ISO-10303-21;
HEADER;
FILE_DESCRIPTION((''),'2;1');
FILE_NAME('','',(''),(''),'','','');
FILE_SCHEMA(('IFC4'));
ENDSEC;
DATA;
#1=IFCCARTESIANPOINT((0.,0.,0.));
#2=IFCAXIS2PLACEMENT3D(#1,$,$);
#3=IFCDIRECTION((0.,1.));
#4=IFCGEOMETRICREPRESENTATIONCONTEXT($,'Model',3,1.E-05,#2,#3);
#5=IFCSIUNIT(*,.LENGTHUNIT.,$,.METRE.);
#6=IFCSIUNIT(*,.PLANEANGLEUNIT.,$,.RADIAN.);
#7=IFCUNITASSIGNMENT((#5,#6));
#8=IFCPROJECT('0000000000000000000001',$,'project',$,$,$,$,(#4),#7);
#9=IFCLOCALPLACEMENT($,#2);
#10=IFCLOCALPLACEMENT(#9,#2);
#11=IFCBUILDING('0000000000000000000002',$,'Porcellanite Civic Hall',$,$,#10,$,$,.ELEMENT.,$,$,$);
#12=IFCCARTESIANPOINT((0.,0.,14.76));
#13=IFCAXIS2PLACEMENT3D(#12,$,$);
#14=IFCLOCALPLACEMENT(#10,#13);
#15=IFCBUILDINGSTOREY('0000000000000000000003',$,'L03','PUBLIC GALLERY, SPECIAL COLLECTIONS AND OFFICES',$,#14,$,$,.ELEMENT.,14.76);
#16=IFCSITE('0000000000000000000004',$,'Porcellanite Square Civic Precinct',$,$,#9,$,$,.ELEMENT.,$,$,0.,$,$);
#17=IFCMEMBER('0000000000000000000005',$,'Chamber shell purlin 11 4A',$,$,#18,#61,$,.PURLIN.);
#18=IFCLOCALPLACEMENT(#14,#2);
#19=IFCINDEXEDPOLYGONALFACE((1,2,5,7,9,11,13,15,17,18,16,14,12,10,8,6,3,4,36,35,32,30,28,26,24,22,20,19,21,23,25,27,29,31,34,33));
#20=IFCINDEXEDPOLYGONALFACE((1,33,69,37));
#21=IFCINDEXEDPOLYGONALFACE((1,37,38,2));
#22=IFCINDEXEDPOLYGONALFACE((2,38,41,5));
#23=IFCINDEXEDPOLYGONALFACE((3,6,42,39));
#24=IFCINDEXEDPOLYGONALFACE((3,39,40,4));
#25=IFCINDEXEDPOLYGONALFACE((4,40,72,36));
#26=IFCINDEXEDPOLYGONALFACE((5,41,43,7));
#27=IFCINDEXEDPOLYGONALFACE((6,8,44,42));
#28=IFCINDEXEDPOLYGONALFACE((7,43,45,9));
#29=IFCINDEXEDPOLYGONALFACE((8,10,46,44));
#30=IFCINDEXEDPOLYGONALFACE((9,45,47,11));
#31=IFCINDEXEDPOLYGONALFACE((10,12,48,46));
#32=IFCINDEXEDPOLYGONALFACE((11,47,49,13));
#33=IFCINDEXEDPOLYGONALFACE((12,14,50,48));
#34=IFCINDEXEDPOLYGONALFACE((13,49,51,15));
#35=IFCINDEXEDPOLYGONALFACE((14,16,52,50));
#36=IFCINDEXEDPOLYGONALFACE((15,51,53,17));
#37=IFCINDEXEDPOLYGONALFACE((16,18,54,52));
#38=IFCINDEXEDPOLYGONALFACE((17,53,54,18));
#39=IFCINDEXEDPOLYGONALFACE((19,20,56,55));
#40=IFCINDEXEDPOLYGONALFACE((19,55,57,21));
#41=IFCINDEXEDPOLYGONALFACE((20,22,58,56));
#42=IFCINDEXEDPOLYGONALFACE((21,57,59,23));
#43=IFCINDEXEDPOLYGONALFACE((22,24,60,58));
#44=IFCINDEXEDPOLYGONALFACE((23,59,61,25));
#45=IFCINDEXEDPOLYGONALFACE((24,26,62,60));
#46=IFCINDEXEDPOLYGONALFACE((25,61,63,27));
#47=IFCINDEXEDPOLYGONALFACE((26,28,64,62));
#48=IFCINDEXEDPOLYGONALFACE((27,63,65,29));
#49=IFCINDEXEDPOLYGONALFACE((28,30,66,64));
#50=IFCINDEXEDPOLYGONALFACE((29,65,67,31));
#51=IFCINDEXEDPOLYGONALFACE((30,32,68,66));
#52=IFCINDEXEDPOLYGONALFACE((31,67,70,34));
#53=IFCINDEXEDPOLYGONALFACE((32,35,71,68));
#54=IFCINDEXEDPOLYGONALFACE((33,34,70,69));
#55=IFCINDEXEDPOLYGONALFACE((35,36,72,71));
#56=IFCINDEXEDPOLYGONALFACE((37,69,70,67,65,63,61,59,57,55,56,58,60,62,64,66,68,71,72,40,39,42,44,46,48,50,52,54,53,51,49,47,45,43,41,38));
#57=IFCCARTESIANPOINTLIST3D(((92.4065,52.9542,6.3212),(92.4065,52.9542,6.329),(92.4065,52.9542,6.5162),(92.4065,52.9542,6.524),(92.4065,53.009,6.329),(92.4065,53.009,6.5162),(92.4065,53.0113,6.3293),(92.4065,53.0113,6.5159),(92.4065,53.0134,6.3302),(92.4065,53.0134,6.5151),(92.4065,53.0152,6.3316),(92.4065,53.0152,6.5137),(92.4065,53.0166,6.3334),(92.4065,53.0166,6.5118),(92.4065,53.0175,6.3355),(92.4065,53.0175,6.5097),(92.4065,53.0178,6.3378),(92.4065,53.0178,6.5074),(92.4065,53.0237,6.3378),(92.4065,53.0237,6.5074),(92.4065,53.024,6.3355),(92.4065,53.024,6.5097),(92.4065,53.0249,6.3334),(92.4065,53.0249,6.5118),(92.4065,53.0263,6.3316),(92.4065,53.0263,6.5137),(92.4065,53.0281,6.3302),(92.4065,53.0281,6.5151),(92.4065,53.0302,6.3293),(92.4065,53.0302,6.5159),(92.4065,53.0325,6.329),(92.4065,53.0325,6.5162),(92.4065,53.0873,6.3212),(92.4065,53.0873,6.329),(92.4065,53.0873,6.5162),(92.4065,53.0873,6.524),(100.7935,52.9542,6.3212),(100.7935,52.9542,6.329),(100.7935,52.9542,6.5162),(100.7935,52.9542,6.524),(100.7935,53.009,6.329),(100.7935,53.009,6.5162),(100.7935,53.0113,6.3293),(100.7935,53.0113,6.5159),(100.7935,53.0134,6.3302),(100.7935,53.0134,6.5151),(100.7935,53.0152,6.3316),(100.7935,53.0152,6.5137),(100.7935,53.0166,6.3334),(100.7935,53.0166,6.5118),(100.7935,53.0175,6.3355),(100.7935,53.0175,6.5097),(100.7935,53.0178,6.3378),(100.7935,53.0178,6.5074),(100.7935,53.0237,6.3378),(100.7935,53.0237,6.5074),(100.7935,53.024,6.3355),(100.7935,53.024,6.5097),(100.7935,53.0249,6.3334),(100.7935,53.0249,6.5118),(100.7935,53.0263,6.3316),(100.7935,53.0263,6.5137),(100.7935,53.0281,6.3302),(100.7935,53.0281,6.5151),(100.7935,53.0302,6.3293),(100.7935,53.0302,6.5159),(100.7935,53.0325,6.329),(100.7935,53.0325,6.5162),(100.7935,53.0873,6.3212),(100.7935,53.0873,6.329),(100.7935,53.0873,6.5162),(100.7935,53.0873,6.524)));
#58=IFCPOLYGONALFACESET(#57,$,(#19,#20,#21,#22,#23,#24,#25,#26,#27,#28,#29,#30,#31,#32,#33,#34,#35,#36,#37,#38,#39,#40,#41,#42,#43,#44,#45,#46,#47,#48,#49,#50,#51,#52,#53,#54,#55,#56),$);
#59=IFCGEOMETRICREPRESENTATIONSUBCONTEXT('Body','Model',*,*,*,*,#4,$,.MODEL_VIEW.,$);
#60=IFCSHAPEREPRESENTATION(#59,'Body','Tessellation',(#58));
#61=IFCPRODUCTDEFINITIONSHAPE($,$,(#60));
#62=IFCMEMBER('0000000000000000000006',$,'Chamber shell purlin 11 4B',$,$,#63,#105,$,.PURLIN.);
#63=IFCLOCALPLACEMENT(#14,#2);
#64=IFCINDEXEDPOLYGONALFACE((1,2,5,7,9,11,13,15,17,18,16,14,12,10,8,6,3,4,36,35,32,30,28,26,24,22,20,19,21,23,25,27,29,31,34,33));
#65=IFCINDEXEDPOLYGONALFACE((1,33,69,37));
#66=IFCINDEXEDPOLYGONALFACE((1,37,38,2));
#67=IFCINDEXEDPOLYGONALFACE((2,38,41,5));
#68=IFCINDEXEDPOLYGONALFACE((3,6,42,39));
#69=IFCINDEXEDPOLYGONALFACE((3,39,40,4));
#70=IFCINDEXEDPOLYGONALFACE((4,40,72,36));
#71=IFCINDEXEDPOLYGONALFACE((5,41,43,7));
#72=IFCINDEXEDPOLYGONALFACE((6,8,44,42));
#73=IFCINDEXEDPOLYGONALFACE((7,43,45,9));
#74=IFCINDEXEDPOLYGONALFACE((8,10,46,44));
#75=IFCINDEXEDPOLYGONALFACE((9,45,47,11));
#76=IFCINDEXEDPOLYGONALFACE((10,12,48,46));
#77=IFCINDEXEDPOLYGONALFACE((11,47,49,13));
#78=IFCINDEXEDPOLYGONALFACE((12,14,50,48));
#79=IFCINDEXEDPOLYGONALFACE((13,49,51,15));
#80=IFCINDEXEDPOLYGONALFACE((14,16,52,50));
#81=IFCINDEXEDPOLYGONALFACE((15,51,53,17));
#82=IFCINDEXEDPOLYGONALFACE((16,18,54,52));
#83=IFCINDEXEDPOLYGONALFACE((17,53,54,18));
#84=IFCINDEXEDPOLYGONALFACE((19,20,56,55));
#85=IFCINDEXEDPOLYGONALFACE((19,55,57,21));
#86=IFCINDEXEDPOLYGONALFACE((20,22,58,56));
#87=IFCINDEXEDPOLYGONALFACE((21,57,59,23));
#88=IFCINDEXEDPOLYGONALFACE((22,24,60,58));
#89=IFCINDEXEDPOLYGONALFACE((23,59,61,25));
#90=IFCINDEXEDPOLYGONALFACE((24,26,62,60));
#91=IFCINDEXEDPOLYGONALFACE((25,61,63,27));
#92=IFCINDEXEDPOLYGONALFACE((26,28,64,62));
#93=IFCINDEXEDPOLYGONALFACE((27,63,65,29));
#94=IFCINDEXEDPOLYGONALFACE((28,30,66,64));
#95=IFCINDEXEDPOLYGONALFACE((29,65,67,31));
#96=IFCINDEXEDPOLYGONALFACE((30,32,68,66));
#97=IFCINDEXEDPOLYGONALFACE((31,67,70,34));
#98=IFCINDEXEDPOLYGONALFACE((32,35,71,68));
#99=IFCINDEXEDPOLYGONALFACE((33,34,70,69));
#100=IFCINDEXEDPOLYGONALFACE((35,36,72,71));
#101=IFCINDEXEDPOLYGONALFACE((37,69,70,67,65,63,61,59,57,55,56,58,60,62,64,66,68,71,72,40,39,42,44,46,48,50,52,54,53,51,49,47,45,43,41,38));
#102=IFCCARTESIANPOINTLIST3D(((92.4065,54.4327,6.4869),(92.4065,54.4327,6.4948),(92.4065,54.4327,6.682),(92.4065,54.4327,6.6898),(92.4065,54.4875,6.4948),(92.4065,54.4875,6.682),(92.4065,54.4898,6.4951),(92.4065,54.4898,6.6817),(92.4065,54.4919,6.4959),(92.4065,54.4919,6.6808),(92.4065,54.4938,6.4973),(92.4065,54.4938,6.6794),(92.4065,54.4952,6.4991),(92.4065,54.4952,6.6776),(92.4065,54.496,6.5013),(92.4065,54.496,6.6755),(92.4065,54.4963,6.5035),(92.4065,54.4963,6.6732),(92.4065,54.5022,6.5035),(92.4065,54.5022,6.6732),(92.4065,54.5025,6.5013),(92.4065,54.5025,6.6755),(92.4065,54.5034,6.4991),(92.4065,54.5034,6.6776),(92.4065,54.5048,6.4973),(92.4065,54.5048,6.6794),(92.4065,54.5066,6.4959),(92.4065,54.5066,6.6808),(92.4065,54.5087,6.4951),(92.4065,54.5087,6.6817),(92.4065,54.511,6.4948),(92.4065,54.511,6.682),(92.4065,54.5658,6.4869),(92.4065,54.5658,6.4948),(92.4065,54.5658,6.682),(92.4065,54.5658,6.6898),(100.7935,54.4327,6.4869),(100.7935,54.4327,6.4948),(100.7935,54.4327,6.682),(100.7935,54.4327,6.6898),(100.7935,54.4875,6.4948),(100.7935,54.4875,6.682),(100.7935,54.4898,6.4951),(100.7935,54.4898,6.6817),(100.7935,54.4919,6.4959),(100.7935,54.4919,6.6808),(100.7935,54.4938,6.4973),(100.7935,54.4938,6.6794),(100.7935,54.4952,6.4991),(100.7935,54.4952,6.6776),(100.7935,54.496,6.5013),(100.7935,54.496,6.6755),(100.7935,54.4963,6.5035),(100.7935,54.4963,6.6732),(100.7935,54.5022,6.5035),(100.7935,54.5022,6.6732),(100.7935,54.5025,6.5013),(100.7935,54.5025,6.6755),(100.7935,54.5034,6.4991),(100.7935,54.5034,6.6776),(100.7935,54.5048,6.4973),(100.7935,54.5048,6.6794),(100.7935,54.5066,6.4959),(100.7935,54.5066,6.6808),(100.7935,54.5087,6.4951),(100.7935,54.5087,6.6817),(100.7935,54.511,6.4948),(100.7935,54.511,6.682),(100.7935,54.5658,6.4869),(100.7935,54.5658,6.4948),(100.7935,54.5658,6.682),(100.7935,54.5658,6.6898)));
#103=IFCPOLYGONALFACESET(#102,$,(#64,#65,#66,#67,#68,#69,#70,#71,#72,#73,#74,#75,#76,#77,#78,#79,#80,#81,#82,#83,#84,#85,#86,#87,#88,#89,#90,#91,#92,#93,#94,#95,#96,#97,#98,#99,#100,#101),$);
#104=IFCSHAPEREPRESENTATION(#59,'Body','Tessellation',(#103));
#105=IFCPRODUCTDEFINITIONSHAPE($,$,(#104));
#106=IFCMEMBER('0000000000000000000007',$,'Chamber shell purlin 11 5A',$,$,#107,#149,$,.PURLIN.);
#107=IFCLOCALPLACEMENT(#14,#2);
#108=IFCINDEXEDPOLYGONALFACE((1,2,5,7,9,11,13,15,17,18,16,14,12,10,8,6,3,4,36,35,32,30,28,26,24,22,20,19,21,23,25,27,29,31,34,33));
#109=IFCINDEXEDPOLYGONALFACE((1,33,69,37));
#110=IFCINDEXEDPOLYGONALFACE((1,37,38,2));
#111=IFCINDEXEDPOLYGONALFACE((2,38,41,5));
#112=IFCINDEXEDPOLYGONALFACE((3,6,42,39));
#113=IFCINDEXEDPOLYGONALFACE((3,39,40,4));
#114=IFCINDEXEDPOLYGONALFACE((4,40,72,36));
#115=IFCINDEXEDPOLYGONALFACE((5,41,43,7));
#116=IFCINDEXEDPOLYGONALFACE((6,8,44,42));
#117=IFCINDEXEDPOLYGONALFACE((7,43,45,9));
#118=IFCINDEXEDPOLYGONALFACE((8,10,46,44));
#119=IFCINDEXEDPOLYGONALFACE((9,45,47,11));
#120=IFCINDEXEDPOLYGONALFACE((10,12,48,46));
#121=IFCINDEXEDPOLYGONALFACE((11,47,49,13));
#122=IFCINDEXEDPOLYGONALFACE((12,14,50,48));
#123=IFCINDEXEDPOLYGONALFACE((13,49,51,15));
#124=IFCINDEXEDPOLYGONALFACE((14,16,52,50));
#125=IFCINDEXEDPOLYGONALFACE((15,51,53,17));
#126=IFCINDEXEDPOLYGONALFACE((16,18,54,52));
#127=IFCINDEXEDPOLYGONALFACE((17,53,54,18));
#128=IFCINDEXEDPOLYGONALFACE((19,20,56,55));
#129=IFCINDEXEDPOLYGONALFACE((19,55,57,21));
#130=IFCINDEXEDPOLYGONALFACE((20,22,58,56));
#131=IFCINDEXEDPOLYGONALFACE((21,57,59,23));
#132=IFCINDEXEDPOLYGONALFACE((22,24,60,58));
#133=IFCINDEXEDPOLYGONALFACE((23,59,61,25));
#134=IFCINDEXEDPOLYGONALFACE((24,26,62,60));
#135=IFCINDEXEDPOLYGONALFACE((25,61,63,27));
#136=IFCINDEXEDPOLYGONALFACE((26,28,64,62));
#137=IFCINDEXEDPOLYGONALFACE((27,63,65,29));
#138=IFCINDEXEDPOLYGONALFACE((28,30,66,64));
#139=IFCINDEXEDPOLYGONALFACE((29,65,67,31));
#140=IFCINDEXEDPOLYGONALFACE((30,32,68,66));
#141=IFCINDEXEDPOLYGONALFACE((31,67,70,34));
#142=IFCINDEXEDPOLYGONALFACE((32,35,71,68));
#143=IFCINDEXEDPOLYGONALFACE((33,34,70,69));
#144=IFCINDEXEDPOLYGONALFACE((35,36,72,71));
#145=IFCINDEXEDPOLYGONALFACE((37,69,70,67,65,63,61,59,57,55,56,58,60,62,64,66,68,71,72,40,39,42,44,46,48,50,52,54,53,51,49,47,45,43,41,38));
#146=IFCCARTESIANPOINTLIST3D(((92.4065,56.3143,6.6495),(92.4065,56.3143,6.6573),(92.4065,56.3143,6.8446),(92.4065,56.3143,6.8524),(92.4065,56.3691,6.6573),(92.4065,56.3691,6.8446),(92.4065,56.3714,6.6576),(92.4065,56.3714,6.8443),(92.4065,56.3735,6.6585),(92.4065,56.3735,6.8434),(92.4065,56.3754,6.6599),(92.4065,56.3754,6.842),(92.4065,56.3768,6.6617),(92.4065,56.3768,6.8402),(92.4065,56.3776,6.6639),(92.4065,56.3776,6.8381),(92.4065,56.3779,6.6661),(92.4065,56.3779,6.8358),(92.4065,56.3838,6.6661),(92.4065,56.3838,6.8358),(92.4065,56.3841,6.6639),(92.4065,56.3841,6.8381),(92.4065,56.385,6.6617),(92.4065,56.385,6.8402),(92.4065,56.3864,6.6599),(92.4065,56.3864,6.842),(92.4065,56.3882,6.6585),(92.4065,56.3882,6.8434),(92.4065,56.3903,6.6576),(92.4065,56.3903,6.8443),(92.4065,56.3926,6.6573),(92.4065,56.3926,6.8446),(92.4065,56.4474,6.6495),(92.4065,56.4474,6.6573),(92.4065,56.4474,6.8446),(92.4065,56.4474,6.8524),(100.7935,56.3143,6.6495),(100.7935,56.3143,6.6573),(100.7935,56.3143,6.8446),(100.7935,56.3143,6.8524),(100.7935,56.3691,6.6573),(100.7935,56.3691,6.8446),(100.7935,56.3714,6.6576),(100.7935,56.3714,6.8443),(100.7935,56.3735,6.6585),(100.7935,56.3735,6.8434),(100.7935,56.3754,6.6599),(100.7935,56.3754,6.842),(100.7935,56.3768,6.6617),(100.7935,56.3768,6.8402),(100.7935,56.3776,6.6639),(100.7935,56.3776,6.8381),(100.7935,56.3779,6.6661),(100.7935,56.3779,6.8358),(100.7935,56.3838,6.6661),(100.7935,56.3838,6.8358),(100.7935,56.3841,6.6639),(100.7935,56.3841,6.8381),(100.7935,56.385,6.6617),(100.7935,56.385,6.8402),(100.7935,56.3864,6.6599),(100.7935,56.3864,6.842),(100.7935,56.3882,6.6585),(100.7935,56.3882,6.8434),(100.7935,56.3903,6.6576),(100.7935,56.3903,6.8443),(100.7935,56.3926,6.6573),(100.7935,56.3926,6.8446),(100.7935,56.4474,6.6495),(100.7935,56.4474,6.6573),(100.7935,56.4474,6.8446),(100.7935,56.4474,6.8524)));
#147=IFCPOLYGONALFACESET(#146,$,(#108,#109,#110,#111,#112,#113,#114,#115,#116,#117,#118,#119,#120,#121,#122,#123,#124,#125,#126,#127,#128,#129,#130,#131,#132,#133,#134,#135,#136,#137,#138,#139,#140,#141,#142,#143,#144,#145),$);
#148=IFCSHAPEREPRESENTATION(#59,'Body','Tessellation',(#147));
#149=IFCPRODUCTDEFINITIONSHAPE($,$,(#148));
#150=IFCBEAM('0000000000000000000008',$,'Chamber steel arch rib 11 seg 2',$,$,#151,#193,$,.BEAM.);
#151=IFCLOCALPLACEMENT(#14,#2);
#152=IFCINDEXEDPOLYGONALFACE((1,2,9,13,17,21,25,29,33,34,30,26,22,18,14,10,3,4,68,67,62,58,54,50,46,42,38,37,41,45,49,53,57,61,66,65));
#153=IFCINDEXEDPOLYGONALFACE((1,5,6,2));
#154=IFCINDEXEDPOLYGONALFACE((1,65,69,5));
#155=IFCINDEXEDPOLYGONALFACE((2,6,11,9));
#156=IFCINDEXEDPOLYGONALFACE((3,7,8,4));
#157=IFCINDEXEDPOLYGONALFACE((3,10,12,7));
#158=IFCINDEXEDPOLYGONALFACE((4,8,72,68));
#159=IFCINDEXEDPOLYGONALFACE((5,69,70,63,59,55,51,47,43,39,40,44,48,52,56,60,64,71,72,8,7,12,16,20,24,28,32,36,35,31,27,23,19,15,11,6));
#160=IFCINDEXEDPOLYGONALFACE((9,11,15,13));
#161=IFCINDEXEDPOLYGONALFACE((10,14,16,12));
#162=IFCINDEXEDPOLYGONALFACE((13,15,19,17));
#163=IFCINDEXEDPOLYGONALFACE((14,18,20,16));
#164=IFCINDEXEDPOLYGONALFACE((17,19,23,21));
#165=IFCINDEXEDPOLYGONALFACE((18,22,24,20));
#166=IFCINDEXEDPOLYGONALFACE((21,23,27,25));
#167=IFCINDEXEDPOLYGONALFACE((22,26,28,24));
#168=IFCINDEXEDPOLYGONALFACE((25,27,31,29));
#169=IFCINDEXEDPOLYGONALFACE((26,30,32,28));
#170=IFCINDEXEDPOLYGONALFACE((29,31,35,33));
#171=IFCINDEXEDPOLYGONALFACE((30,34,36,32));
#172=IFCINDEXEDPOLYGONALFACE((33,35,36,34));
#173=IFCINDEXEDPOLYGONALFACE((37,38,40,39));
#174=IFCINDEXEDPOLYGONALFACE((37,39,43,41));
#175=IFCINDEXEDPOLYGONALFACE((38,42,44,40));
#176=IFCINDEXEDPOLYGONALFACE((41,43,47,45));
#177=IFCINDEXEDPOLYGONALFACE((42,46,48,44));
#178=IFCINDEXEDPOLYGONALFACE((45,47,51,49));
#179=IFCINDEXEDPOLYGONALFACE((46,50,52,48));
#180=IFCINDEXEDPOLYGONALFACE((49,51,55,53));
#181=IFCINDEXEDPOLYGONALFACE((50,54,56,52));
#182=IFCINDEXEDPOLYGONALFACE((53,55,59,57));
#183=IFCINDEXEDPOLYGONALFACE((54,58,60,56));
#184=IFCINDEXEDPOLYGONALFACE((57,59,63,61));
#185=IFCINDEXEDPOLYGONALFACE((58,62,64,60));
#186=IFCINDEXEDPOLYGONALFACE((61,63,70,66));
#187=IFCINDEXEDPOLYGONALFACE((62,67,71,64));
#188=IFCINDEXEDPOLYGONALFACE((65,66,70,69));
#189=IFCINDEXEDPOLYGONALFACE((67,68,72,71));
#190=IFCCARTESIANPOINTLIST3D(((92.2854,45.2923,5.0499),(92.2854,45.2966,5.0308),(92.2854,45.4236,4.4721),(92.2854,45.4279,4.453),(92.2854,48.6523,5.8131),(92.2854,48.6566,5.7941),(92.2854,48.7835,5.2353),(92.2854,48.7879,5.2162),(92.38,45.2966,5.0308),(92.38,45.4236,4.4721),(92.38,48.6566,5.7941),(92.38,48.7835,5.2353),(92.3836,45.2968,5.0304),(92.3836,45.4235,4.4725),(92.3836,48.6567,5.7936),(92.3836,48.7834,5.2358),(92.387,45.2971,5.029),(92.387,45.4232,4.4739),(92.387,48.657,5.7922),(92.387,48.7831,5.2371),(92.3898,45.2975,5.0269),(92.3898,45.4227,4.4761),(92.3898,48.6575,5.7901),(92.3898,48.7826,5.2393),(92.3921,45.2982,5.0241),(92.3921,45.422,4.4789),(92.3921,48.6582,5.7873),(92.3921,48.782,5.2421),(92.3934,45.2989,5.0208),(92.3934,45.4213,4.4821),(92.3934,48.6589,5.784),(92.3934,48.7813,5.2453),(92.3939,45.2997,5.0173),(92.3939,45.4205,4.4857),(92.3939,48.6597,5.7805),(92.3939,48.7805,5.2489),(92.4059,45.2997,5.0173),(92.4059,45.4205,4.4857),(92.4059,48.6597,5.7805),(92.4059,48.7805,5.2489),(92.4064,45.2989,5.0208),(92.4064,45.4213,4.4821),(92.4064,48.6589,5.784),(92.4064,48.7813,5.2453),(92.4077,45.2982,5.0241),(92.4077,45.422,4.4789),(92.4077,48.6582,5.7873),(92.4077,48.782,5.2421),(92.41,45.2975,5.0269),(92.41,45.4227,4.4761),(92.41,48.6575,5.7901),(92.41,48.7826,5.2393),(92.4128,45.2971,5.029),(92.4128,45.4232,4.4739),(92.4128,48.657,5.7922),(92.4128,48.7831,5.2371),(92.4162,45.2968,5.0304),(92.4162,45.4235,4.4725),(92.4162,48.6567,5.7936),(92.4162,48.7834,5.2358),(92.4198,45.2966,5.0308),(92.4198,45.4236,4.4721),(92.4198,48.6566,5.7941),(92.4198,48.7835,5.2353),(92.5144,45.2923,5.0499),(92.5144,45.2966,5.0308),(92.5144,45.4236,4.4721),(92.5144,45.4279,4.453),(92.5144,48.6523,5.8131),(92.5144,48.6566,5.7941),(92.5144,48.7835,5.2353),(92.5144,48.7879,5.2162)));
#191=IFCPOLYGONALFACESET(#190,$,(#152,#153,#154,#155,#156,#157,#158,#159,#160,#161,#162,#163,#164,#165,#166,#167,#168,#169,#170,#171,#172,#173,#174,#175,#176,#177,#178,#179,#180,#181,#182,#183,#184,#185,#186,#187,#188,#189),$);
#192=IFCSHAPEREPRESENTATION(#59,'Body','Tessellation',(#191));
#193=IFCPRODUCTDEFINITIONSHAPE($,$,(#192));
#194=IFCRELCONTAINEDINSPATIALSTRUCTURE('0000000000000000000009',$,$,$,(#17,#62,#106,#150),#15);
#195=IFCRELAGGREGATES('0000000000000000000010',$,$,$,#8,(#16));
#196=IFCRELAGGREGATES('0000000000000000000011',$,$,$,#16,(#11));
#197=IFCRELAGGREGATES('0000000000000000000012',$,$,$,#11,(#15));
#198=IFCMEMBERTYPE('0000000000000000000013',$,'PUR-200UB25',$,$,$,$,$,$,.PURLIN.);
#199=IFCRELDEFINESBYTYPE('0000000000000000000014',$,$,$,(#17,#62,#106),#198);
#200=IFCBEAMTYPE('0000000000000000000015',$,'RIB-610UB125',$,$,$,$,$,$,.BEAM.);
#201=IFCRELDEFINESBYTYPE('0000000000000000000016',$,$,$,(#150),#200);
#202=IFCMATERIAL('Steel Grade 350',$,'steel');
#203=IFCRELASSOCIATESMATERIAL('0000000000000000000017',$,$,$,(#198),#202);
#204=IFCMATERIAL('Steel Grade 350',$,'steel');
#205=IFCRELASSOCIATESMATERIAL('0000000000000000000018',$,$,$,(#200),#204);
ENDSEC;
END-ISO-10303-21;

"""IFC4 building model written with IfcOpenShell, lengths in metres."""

from ifc_helpers import new_model, si_unit, direction, frame, origin, origin_2d, place, context, subcontext, project, spatial, i_section, extrude, material, material_profile, profile_set, type_object, element, save


model = new_model("IFC4")

# Units and contexts
model_context = context("Model", 3, precision=1e-05, world=origin(), true_north=direction((0.0, 1.0)))
body_context = subcontext(model_context, "Body", "Model", "MODEL_VIEW")
ifc_project = project(units=[si_unit("LENGTHUNIT", "METRE"), si_unit("PLANEANGLEUNIT", "RADIAN")], contexts=[model_context])

# Site, building, storey
site_placement = place(None, origin())
site = spatial("IfcSite", under=ifc_project, at=site_placement, Name="Porcellanite Square Civic Precinct", CompositionType="ELEMENT", RefElevation=0.0)
building_placement = place(site_placement, origin())
building = spatial("IfcBuilding", under=site, at=building_placement, Name="Porcellanite Civic Hall", CompositionType="ELEMENT")
storey_placement = place(building_placement, frame((0.0, 0.0, 14.76)))
storey = spatial("IfcBuildingStorey", under=building, at=storey_placement, Name="L03", Description="PUBLIC GALLERY, SPECIAL COLLECTIONS AND OFFICES", CompositionType="ELEMENT", Elevation=14.76)

# Members
ifc_material_1 = material(Name="Steel Grade 350", Category="steel")
ifc_material_profile_1 = material_profile(ifc_material_1, i_section(OverallWidth=0.1331, OverallDepth=0.2029, WebThickness=0.0059, FlangeThickness=0.0078, FilletRadius=0.0088, at=origin_2d()), Name="200UB25.4")
ifc_profile_set_1 = profile_set([ifc_material_profile_1], Name="Steel Grade 350")
member_type_1 = type_object("IfcMemberType", Name="PUR-200UB25", PredefinedType="PURLIN", material=ifc_profile_set_1)
for number, where, z_axis, x_axis, name in (
    (1, (92.4065, 53.0208, 6.4226), (1.0, 0.0, 0.0), (0.0, 1.0, 0.0), "Chamber shell purlin 11 4A"),
    (2, (92.4065, 54.4993, 6.5884), (1.0, 0.0, 0.0), (0.0, 1.0, 0.0), "Chamber shell purlin 11 4B"),
    (3, (92.4065, 56.3809, 6.751), (1.0, 0.0, 0.0), (0.0, 1.0, 0.0), "Chamber shell purlin 11 5A"),
):
    element("IfcMember", number, at=place(storey_placement, frame(where, z_axis=z_axis, x_axis=x_axis)), inside=storey, type_object=member_type_1, Name=name, PredefinedType="PURLIN", context=body_context, shape_type="SweptSolid", body=[
        extrude(i_section(OverallWidth=0.1331, OverallDepth=0.2029, WebThickness=0.0059, FlangeThickness=0.0078, FilletRadius=0.0088, at=origin_2d()), origin(), (0.0, 0.0, 1.0), 8.387),
    ])

# Beam
ifc_material_2 = material(Name="Steel Grade 350", Category="steel")
ifc_material_profile_2 = material_profile(ifc_material_2, i_section(OverallWidth=0.229, OverallDepth=0.6121, WebThickness=0.012, FlangeThickness=0.0195, FilletRadius=0.0139, at=origin_2d()), Name="610UB125")
ifc_profile_set_2 = profile_set([ifc_material_profile_2], Name="Steel Grade 350")
beam_type = type_object("IfcBeamType", Name="RIB-610UB125", PredefinedType="BEAM", material=ifc_profile_set_2)
beam_1_placement = place(storey_placement, frame((92.3999, 45.3601, 4.7515), z_axis=(0.0, 0.975159, 0.221505), x_axis=(-1.0, 0.0, 0.0)))
element("IfcBeam", 4, at=beam_1_placement, inside=storey, type_object=beam_type, Name="Chamber steel arch rib 11 seg 2", PredefinedType="BEAM", context=body_context, shape_type="SweptSolid", body=[
    extrude(i_section(OverallWidth=0.229, OverallDepth=0.6121, WebThickness=0.012, FlangeThickness=0.0195, FilletRadius=0.0139, at=origin_2d()), origin(), (0.0, 0.0, 1.0), 3.4456),
])

save(model, "model.ifc")
